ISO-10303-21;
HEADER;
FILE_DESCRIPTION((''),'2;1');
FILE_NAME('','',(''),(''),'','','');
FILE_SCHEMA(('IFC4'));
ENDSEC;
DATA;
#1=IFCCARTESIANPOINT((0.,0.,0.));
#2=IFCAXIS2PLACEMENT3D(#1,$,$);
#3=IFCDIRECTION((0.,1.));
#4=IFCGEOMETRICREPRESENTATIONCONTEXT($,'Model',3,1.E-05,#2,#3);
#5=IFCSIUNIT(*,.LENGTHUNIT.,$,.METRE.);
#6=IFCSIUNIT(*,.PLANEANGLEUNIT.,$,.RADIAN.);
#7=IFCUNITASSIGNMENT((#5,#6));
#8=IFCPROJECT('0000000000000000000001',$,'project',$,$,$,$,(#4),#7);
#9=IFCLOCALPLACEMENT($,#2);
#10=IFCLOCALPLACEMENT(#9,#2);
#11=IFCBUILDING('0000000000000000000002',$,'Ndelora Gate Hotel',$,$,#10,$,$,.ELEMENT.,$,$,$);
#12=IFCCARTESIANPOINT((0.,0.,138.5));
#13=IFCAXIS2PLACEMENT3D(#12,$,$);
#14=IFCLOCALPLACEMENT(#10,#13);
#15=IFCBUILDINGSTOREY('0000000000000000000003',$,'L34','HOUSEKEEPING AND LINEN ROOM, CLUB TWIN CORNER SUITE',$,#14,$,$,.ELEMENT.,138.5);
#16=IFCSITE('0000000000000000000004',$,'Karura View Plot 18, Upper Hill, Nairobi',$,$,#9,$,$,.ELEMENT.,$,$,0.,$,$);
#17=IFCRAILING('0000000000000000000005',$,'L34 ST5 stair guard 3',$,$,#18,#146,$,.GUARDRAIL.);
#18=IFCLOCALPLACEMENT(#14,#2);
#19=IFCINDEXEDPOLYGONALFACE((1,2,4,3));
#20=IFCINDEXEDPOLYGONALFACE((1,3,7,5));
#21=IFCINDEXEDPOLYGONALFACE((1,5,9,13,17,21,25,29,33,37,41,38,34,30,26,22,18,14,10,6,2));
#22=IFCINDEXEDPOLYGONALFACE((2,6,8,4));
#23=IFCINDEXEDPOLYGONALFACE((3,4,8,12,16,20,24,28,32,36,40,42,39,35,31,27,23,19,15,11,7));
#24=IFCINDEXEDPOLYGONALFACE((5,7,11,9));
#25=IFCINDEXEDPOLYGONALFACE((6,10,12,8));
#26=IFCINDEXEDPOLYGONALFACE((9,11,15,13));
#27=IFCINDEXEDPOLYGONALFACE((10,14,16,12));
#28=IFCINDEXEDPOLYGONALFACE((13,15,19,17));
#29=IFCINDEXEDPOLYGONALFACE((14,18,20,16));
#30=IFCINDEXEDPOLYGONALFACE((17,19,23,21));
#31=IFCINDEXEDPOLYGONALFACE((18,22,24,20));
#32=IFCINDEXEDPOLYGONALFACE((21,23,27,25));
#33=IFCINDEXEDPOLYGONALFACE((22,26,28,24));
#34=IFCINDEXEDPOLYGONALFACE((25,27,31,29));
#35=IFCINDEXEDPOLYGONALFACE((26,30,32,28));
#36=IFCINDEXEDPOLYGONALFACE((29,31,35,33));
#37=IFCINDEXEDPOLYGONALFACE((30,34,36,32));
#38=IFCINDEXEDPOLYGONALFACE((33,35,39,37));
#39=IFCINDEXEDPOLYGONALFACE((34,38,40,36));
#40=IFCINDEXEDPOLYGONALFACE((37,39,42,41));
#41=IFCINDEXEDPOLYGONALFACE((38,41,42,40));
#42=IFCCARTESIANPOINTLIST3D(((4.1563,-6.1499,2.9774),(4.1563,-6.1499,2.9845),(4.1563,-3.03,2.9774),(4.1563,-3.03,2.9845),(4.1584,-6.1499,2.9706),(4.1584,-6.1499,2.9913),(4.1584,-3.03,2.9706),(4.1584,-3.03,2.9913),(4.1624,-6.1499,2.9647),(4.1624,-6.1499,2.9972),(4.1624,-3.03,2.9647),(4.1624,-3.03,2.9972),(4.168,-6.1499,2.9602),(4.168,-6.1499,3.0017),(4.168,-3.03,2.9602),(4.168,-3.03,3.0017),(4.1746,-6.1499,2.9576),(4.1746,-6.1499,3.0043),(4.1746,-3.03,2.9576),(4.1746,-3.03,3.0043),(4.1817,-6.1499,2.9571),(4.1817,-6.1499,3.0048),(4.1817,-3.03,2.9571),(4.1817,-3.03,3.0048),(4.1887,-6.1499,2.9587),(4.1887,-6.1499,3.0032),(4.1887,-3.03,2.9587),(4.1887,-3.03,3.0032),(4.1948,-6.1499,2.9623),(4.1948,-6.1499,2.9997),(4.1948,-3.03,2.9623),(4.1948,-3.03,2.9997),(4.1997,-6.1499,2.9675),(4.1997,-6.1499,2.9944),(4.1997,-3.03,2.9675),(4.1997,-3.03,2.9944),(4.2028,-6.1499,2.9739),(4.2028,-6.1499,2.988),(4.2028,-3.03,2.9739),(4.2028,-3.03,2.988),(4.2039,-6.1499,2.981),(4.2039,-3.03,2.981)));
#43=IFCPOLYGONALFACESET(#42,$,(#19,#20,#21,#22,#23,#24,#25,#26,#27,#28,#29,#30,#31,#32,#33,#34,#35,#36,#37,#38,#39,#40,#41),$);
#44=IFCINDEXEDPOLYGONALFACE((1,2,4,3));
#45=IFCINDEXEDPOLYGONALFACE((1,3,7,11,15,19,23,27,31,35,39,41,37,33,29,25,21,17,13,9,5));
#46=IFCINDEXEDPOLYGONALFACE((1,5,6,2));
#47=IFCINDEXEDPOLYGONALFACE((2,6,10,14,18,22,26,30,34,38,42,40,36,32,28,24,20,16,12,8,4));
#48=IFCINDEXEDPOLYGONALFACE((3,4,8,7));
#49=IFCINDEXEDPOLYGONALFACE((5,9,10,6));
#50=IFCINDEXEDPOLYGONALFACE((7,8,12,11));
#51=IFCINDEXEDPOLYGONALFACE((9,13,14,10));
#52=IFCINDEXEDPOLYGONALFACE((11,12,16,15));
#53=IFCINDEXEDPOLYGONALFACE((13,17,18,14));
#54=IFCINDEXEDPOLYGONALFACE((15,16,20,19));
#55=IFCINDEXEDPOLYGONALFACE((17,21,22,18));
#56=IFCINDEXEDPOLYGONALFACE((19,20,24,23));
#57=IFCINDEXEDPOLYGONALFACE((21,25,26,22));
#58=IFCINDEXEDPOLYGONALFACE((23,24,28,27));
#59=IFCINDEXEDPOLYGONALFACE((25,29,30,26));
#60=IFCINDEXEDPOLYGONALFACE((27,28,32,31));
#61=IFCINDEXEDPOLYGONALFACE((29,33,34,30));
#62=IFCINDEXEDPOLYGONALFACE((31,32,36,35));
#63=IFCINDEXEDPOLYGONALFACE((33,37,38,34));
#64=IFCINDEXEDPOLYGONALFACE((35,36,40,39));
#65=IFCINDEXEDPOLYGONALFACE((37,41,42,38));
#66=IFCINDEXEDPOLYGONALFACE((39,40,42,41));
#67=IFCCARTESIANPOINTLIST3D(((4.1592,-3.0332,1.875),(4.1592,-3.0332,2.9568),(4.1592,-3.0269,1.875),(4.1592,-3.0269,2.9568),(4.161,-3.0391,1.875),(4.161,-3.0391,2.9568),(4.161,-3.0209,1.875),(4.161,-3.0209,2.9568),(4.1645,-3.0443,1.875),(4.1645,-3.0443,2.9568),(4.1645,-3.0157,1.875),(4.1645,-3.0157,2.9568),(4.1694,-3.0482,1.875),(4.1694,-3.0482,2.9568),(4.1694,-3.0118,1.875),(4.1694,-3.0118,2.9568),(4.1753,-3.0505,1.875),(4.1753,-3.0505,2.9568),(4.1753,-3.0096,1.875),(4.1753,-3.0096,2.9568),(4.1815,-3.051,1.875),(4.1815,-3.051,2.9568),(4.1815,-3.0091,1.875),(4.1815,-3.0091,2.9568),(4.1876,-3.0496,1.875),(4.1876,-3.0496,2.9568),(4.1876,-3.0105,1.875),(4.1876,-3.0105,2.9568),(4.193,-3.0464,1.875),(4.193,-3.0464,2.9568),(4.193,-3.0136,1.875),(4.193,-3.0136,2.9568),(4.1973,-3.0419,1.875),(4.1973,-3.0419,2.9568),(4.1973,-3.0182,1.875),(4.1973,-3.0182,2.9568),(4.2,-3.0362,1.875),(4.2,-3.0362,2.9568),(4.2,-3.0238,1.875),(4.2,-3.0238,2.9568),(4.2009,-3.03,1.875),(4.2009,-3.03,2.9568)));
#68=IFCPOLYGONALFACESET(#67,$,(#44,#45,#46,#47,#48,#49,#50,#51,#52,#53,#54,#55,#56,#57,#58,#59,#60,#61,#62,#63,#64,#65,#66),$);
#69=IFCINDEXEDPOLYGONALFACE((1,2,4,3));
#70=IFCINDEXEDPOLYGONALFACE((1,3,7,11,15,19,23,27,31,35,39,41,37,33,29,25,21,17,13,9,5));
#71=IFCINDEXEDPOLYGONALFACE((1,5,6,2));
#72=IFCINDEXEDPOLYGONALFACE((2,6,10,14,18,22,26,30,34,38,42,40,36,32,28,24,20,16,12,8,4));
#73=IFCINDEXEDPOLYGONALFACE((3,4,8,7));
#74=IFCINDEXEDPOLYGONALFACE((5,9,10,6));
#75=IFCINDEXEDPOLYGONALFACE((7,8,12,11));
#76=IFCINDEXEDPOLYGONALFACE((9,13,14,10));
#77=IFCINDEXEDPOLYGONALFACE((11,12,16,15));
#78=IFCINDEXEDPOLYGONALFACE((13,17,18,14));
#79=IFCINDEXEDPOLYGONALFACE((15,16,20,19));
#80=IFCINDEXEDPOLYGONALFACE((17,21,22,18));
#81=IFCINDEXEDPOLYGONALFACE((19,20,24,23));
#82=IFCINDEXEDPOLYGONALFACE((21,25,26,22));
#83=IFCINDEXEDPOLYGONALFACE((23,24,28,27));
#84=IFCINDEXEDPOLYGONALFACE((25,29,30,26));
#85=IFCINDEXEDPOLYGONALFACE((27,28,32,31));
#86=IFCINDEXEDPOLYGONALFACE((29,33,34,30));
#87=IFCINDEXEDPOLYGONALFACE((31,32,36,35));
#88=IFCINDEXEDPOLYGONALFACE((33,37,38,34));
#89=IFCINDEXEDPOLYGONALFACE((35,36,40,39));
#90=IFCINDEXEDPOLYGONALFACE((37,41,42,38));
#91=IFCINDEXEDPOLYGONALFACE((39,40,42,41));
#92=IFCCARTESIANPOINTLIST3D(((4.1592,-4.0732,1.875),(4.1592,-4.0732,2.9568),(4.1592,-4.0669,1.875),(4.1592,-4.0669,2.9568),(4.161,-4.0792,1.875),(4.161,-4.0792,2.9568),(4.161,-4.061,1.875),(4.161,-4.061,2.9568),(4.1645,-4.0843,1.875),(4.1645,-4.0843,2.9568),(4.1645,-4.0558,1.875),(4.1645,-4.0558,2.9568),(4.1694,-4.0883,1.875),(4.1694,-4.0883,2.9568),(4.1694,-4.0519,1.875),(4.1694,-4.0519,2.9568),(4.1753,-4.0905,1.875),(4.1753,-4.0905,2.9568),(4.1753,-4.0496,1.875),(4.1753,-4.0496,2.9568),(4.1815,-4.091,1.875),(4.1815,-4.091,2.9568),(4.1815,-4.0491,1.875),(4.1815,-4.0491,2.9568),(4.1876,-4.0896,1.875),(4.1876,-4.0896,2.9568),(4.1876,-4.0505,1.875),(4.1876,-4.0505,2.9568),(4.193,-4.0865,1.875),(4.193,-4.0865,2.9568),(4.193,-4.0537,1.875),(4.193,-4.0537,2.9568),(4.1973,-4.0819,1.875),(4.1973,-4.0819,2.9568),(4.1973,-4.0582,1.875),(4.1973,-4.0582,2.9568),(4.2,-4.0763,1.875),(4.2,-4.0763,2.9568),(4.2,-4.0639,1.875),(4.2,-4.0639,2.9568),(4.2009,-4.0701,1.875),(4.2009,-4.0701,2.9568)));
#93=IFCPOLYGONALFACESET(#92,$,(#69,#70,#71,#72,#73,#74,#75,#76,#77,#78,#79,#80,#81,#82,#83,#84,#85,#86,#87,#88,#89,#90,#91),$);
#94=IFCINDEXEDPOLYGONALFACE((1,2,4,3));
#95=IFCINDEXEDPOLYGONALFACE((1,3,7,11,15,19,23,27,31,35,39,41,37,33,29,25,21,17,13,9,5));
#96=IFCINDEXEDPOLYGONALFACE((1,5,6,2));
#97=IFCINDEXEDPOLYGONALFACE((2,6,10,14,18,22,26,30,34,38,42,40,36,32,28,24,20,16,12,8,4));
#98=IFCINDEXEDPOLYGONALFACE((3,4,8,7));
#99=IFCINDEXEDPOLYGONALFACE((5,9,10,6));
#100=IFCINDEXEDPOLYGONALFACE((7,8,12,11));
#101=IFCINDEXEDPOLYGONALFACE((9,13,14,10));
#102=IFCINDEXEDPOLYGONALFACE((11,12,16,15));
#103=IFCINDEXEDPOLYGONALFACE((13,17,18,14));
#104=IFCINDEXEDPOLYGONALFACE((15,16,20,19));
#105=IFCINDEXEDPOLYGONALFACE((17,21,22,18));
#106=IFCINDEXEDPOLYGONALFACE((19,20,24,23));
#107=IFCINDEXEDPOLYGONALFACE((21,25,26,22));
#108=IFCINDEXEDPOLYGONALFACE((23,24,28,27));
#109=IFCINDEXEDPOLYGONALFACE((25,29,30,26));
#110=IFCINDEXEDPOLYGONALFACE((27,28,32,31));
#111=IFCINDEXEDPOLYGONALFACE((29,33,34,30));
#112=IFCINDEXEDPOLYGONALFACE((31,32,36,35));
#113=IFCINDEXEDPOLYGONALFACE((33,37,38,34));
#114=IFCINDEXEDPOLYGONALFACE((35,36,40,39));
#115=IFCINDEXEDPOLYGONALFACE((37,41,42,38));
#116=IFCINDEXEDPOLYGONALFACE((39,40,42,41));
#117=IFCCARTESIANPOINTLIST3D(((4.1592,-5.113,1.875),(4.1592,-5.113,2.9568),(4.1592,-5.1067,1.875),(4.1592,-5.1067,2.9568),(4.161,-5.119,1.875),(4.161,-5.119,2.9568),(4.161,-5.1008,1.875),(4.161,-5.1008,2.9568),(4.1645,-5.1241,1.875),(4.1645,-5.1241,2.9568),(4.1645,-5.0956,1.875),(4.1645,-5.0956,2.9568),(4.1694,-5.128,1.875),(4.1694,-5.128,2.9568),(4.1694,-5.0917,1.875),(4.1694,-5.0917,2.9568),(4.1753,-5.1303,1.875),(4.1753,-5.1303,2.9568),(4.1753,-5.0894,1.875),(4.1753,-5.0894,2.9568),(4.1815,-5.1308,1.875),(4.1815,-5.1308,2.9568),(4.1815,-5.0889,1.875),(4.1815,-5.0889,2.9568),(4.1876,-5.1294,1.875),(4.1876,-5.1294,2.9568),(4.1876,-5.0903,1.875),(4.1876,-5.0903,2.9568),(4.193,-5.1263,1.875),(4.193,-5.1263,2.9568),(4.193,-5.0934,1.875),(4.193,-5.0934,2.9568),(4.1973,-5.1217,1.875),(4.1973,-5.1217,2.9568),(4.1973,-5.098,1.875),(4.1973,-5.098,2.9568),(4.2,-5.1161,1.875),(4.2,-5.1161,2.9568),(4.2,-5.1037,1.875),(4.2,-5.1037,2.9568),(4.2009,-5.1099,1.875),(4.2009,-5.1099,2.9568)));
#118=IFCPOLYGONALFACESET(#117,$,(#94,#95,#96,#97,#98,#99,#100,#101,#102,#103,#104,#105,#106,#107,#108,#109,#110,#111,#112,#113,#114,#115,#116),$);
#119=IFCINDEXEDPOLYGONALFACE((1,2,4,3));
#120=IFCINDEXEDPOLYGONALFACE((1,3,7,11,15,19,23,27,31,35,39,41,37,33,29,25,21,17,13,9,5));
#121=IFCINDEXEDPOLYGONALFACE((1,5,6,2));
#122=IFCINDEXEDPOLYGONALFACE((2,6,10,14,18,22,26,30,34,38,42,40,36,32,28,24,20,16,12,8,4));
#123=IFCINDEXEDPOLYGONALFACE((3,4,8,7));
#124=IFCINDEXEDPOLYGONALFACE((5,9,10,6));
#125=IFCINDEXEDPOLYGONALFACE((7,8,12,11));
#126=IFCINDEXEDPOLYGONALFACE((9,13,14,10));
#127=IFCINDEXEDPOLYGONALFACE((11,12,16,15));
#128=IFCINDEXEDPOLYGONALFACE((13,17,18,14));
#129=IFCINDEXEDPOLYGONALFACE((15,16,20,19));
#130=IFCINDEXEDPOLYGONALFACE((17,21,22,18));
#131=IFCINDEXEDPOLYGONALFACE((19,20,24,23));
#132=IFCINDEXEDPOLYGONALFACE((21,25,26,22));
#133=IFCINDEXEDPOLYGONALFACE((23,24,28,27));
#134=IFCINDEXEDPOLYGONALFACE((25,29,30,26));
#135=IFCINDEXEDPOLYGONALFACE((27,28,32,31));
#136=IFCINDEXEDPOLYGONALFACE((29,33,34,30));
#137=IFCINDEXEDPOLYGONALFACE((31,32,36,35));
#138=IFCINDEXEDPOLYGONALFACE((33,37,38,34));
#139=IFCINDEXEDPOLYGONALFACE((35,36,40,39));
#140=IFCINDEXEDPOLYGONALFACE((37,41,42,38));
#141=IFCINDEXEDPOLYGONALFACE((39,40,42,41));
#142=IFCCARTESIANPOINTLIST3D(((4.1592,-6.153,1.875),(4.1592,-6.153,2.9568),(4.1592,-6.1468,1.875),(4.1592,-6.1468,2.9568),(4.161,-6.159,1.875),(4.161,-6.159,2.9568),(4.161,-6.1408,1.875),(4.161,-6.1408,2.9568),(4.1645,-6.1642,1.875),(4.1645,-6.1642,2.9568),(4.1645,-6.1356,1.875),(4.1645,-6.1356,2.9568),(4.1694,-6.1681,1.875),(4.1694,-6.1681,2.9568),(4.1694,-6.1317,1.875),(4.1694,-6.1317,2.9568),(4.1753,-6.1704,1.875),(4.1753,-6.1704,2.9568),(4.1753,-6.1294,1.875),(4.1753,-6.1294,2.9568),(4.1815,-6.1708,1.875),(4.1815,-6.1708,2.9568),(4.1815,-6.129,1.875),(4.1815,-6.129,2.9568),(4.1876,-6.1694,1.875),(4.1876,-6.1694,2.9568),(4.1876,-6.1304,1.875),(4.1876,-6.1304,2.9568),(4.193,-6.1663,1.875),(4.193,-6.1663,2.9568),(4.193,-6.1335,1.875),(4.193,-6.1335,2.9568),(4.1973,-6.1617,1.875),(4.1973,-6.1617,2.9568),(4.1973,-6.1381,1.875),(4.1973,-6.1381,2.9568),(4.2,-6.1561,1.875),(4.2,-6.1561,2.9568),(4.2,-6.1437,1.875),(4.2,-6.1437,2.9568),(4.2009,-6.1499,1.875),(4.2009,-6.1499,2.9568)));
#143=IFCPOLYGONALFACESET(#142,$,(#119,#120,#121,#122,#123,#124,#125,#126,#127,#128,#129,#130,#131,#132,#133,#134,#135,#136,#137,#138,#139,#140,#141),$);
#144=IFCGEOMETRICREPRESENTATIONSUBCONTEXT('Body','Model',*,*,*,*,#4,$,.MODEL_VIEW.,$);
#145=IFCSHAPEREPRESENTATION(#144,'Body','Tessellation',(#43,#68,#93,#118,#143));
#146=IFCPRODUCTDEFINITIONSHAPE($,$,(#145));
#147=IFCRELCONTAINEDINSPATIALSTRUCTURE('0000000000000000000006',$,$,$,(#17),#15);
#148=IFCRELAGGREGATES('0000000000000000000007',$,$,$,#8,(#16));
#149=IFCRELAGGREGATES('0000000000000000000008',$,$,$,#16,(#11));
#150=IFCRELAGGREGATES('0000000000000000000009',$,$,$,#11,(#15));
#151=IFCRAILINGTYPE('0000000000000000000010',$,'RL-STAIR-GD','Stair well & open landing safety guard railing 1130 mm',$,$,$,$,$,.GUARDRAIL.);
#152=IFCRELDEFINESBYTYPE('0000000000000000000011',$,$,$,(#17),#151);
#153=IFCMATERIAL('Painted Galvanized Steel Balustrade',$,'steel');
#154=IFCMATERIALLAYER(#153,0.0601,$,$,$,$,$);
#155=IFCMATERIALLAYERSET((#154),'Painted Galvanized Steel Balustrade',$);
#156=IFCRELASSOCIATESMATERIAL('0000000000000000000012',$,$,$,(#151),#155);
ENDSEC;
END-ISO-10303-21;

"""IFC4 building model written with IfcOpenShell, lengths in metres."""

from ifc_helpers import new_model, si_unit, direction, frame, origin, origin_2d, place, context, subcontext, project, spatial, circle, extrude, material, layer, layer_set, type_object, element, save


model = new_model("IFC4")

# Units and contexts
model_context = context("Model", 3, precision=1e-05, world=origin(), true_north=direction((0.0, 1.0)))
body_context = subcontext(model_context, "Body", "Model", "MODEL_VIEW")
ifc_project = project(units=[si_unit("LENGTHUNIT", "METRE"), si_unit("PLANEANGLEUNIT", "RADIAN")], contexts=[model_context])

# Site, building, storey
site_placement = place(None, origin())
site = spatial("IfcSite", under=ifc_project, at=site_placement, Name="Karura View Plot 18, Upper Hill, Nairobi", CompositionType="ELEMENT", RefElevation=0.0)
building_placement = place(site_placement, origin())
building = spatial("IfcBuilding", under=site, at=building_placement, Name="Ndelora Gate Hotel", CompositionType="ELEMENT")
storey_placement = place(building_placement, frame((0.0, 0.0, 138.5)))
storey = spatial("IfcBuildingStorey", under=building, at=storey_placement, Name="L34", Description="HOUSEKEEPING AND LINEN ROOM, CLUB TWIN CORNER SUITE", CompositionType="ELEMENT", Elevation=138.5)

# Railing
ifc_material_1 = material(Name="Painted Galvanized Steel Balustrade", Category="steel")
ifc_layer_1 = layer(ifc_material_1, 0.0601)
ifc_layer_set_1 = layer_set([ifc_layer_1], Name="Painted Galvanized Steel Balustrade")
railing_type_1 = type_object("IfcRailingType", Name="RL-STAIR-GD", Description="Stair well & open landing safety guard railing 1130 mm", PredefinedType="GUARDRAIL", material=ifc_layer_set_1)
railing_1_placement = place(storey_placement, frame((4.1799, -3.03, 1.875)))
element("IfcRailing", 1, at=railing_1_placement, inside=storey, type_object=railing_type_1, Name="L34 ST5 stair guard 3", PredefinedType="GUARDRAIL", context=body_context, shape_type="SweptSolid", body=[
    extrude(circle(Radius=0.0239, at=origin_2d()), frame((0.0, 0.0, 1.106), z_axis=(0.0, -1.0, 0.0), x_axis=(1.0, 0.0, 0.0)), (0.0, 0.0, 1.0), 3.1199),
    extrude(circle(Radius=0.021, at=origin_2d()), origin(), (0.0, 0.0, 1.0), 1.0818),
    extrude(circle(Radius=0.021, at=origin_2d()), frame((0.0, -1.04, 0.0)), (0.0, 0.0, 1.0), 1.0818),
    extrude(circle(Radius=0.021, at=origin_2d()), frame((0.0, -2.0798, 0.0)), (0.0, 0.0, 1.0), 1.0818),
    extrude(circle(Radius=0.021, at=origin_2d()), frame((0.0, -3.1199, 0.0)), (0.0, 0.0, 1.0), 1.0818),
])

save(model, "model.ifc")
